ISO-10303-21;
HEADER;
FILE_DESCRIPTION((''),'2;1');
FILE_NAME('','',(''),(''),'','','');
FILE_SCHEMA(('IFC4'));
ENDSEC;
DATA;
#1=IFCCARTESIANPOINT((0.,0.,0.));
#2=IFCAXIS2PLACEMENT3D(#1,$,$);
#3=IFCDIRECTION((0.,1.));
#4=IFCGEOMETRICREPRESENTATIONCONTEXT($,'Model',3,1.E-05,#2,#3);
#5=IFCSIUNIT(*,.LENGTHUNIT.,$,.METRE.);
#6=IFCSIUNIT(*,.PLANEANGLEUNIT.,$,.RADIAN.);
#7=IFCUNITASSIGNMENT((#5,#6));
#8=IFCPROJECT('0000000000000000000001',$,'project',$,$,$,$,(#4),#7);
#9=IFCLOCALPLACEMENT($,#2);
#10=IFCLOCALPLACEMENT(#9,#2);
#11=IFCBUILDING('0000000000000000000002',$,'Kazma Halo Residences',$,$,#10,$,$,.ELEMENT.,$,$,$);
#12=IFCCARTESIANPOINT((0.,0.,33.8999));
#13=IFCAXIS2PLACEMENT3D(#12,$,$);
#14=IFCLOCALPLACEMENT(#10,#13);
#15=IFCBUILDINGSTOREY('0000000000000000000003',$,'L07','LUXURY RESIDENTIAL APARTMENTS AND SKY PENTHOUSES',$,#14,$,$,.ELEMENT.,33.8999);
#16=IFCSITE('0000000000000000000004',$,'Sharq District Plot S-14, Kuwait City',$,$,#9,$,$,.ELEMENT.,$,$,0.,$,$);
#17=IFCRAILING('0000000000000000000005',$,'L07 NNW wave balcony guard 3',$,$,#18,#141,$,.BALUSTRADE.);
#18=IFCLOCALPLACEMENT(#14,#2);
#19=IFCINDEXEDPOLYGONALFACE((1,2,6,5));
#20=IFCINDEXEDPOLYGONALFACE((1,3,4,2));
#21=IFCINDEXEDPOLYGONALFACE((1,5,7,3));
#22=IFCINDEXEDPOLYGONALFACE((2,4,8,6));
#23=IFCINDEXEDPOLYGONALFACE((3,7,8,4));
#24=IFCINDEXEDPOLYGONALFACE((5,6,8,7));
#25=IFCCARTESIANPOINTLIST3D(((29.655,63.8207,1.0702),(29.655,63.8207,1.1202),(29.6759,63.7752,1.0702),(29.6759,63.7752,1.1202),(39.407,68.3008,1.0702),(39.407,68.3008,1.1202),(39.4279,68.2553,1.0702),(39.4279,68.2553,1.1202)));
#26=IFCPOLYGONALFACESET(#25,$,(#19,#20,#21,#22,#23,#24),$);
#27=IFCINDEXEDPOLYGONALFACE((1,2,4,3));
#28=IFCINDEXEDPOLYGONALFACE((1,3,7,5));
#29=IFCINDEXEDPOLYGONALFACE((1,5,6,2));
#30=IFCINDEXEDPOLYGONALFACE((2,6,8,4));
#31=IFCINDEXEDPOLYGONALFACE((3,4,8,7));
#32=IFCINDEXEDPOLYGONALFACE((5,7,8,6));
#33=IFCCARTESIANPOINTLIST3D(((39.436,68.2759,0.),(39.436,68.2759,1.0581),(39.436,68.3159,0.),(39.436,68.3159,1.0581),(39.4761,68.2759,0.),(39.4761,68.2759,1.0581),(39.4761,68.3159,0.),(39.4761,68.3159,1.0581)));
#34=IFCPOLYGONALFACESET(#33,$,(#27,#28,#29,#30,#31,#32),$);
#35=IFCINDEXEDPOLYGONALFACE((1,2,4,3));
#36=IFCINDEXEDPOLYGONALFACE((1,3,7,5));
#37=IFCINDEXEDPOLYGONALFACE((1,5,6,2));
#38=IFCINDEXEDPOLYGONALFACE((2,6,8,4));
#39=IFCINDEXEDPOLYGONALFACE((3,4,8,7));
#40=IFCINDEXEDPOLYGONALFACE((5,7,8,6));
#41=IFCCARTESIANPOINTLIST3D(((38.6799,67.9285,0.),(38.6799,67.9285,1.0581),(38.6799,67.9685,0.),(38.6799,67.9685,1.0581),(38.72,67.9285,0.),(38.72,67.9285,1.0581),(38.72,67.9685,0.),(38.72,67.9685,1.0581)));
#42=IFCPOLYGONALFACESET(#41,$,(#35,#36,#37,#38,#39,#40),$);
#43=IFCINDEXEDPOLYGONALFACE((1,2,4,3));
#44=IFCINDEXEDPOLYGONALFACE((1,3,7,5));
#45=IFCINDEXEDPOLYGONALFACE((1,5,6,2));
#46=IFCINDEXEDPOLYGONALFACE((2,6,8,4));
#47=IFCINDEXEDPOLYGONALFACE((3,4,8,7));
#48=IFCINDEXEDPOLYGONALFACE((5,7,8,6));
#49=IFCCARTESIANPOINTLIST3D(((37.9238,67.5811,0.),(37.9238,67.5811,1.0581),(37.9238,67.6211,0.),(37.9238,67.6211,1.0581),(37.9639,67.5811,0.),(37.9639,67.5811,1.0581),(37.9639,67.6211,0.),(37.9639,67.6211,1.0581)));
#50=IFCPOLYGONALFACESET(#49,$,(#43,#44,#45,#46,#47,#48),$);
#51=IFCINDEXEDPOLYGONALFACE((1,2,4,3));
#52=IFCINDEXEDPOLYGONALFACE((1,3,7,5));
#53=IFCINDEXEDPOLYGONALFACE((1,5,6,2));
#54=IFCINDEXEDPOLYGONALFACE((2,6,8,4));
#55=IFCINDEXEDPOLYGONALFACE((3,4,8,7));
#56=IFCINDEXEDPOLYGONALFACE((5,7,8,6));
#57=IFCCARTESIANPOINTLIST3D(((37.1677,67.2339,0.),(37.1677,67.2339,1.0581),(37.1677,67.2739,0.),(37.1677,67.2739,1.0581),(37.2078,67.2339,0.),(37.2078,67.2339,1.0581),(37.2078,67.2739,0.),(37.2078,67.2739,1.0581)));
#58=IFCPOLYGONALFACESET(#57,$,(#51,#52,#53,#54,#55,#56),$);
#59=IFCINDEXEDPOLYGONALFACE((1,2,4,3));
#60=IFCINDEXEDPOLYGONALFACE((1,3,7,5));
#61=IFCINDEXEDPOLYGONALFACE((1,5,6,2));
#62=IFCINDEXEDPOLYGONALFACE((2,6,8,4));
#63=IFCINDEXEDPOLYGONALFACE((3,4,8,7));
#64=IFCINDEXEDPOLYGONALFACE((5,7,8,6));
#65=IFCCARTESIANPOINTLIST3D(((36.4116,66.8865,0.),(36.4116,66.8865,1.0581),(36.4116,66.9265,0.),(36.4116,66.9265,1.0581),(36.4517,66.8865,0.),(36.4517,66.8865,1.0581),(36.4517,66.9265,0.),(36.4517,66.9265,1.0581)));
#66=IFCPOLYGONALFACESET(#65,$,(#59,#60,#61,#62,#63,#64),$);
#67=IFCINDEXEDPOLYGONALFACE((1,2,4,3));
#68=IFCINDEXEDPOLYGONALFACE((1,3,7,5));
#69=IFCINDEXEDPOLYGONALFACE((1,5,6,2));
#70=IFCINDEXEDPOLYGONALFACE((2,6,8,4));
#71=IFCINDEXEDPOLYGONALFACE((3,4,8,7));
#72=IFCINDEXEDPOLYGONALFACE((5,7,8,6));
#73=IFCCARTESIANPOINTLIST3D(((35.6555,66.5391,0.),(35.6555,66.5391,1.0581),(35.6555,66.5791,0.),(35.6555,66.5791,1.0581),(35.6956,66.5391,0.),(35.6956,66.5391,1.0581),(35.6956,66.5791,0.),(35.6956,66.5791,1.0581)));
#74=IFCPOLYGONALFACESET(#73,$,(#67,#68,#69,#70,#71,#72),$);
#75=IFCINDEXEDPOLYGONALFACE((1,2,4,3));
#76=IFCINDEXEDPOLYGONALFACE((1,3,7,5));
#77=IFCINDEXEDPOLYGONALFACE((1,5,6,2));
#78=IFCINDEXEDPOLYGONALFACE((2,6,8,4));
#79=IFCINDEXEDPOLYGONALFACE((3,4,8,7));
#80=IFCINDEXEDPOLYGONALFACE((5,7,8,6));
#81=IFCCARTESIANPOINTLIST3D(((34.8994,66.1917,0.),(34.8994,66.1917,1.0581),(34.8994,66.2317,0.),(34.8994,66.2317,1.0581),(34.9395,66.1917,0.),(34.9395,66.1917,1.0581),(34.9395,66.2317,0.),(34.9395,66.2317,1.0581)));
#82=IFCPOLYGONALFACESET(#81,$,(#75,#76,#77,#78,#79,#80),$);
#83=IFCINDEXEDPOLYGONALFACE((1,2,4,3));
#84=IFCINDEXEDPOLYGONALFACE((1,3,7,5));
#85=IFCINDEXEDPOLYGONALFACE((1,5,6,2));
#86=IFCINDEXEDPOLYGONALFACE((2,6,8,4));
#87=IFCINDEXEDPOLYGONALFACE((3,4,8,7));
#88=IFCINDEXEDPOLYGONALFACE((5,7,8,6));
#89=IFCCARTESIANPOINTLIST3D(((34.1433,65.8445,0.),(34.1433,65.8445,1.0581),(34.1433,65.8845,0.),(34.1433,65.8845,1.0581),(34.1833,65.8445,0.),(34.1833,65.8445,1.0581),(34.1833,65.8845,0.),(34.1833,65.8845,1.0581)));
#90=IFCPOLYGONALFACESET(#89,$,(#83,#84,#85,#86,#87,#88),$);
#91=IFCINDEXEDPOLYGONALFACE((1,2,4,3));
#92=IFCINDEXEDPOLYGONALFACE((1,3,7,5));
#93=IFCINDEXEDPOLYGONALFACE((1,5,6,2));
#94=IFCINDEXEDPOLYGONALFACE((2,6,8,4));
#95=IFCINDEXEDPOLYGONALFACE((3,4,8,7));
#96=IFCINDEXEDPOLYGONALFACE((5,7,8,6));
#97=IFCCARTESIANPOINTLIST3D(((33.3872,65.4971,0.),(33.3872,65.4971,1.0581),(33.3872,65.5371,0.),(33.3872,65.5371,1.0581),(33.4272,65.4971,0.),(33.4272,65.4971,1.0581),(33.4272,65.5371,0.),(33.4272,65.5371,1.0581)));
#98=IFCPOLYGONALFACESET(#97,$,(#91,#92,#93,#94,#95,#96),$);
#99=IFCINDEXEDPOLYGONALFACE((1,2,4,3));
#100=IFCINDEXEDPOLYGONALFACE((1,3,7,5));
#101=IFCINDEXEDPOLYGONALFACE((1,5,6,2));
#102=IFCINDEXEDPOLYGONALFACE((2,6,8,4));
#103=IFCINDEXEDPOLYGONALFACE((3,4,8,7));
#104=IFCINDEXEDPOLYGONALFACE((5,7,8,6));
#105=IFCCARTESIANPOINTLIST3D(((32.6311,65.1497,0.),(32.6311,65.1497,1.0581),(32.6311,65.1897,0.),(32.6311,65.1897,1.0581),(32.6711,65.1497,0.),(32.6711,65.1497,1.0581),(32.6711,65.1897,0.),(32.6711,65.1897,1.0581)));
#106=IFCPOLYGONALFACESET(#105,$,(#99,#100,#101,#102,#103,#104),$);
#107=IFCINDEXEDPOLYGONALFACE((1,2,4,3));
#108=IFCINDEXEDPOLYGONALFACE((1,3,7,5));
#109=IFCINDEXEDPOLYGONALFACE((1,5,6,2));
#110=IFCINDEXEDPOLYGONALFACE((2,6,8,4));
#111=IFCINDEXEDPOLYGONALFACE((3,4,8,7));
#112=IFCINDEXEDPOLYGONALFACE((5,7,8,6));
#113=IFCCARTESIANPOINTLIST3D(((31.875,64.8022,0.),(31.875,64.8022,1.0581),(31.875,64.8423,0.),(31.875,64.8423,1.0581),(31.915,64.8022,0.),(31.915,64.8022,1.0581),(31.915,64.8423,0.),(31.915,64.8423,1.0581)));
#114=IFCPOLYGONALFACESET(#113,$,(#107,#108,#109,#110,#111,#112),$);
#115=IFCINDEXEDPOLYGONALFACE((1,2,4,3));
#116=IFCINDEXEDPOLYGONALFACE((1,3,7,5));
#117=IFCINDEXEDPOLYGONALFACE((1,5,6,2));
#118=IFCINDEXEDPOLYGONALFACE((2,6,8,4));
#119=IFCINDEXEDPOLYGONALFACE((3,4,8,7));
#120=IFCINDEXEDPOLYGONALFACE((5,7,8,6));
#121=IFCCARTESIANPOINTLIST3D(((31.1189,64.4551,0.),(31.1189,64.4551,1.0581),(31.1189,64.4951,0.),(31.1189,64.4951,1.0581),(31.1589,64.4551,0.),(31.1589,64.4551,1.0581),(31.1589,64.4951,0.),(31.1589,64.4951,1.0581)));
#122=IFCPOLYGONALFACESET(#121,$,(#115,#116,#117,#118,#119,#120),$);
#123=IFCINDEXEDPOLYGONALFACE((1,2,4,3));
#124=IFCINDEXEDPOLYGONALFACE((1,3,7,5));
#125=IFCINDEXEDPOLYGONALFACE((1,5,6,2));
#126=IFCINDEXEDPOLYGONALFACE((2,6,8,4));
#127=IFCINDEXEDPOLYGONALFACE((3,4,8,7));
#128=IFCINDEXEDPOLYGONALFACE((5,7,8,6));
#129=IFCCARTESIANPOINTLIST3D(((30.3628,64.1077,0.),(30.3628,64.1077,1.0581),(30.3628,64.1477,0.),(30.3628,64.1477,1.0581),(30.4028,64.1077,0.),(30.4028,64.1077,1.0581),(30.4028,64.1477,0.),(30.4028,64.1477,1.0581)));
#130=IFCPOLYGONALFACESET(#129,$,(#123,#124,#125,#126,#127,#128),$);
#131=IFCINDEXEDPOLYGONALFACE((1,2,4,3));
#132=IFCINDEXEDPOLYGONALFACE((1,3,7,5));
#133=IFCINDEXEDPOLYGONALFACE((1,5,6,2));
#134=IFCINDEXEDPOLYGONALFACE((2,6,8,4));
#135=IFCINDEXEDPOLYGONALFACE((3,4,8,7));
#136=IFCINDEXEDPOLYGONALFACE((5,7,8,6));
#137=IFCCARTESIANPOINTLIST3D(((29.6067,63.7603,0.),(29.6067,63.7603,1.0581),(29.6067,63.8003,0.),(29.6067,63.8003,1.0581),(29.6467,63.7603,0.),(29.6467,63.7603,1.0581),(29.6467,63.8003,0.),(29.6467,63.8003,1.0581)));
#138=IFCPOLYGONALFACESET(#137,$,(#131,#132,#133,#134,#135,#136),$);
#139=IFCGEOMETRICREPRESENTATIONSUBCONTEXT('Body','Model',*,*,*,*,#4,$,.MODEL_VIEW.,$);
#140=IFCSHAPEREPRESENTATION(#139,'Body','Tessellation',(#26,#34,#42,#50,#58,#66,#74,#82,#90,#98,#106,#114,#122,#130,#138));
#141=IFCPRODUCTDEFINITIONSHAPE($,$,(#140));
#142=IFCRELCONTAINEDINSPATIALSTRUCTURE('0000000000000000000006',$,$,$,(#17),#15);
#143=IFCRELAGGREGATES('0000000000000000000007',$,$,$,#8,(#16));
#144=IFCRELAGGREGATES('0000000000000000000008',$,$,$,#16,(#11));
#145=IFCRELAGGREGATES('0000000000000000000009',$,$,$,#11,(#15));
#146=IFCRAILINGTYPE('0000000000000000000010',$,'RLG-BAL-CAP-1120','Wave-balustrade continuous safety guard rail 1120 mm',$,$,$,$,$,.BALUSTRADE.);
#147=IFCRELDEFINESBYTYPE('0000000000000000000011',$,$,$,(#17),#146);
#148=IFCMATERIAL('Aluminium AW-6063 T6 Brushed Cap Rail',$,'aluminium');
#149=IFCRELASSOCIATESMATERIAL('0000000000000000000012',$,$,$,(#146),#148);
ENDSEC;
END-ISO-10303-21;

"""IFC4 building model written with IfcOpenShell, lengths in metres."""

from ifc_helpers import new_model, si_unit, direction, frame, origin, origin_2d, place, context, subcontext, project, spatial, rectangle, extrude, material, type_object, element, save


model = new_model("IFC4")

# Units and contexts
model_context = context("Model", 3, precision=1e-05, world=origin(), true_north=direction((0.0, 1.0)))
body_context = subcontext(model_context, "Body", "Model", "MODEL_VIEW")
ifc_project = project(units=[si_unit("LENGTHUNIT", "METRE"), si_unit("PLANEANGLEUNIT", "RADIAN")], contexts=[model_context])

# Site, building, storey
site_placement = place(None, origin())
site = spatial("IfcSite", under=ifc_project, at=site_placement, Name="Sharq District Plot S-14, Kuwait City", CompositionType="ELEMENT", RefElevation=0.0)
building_placement = place(site_placement, origin())
building = spatial("IfcBuilding", under=site, at=building_placement, Name="Kazma Halo Residences", CompositionType="ELEMENT")
storey_placement = place(building_placement, frame((0.0, 0.0, 33.8999)))
storey = spatial("IfcBuildingStorey", under=building, at=storey_placement, Name="L07", Description="LUXURY RESIDENTIAL APARTMENTS AND SKY PENTHOUSES", CompositionType="ELEMENT", Elevation=33.8999)

# Railing
ifc_material_1 = material(Name="Aluminium AW-6063 T6 Brushed Cap Rail", Category="aluminium")
railing_type = type_object("IfcRailingType", Name="RLG-BAL-CAP-1120", Description="Wave-balustrade continuous safety guard rail 1120 mm", PredefinedType="BALUSTRADE", material=ifc_material_1)
railing_placement = place(storey_placement, frame((39.4561, 68.2959, 0.0)))
element("IfcRailing", 1, at=railing_placement, inside=storey, type_object=railing_type, Name="L07 NNW wave balcony guard 3", PredefinedType="BALUSTRADE", context=body_context, shape_type="SweptSolid", body=[
    extrude(rectangle(XDim=0.05, YDim=0.05, at=origin_2d()), frame((-0.0386, -0.0178, 1.0952), z_axis=(-0.908697, -0.417457, 0.0), x_axis=(0.417457, -0.908697, 0.0)), (0.0, 0.0, 1.0), 10.7319),
    extrude(rectangle(XDim=0.04, YDim=0.04, at=origin_2d()), origin(), (0.0, 0.0, 1.0), 1.0581),
    extrude(rectangle(XDim=0.04, YDim=0.04, at=origin_2d()), frame((-0.7561, -0.3474, 0.0)), (0.0, 0.0, 1.0), 1.0581),
    extrude(rectangle(XDim=0.04, YDim=0.04, at=origin_2d()), frame((-1.5122, -0.6948, 0.0)), (0.0, 0.0, 1.0), 1.0581),
    extrude(rectangle(XDim=0.04, YDim=0.04, at=origin_2d()), frame((-2.2683, -1.042, 0.0)), (0.0, 0.0, 1.0), 1.0581),
    extrude(rectangle(XDim=0.04, YDim=0.04, at=origin_2d()), frame((-3.0244, -1.3894, 0.0)), (0.0, 0.0, 1.0), 1.0581),
    extrude(rectangle(XDim=0.04, YDim=0.04, at=origin_2d()), frame((-3.7805, -1.7368, 0.0)), (0.0, 0.0, 1.0), 1.0581),
    extrude(rectangle(XDim=0.04, YDim=0.04, at=origin_2d()), frame((-4.5366, -2.0842, 0.0)), (0.0, 0.0, 1.0), 1.0581),
    extrude(rectangle(XDim=0.04, YDim=0.04, at=origin_2d()), frame((-5.2927, -2.4314, 0.0)), (0.0, 0.0, 1.0), 1.0581),
    extrude(rectangle(XDim=0.04, YDim=0.04, at=origin_2d()), frame((-6.0488, -2.7788, 0.0)), (0.0, 0.0, 1.0), 1.0581),
    extrude(rectangle(XDim=0.04, YDim=0.04, at=origin_2d()), frame((-6.8049, -3.1262, 0.0)), (0.0, 0.0, 1.0), 1.0581),
    extrude(rectangle(XDim=0.04, YDim=0.04, at=origin_2d()), frame((-7.561, -3.4736, 0.0)), (0.0, 0.0, 1.0), 1.0581),
    extrude(rectangle(XDim=0.04, YDim=0.04, at=origin_2d()), frame((-8.3171, -3.8208, 0.0)), (0.0, 0.0, 1.0), 1.0581),
    extrude(rectangle(XDim=0.04, YDim=0.04, at=origin_2d()), frame((-9.0732, -4.1682, 0.0)), (0.0, 0.0, 1.0), 1.0581),
    extrude(rectangle(XDim=0.04, YDim=0.04, at=origin_2d()), frame((-9.8293, -4.5156, 0.0)), (0.0, 0.0, 1.0), 1.0581),
])

save(model, "model.ifc")
